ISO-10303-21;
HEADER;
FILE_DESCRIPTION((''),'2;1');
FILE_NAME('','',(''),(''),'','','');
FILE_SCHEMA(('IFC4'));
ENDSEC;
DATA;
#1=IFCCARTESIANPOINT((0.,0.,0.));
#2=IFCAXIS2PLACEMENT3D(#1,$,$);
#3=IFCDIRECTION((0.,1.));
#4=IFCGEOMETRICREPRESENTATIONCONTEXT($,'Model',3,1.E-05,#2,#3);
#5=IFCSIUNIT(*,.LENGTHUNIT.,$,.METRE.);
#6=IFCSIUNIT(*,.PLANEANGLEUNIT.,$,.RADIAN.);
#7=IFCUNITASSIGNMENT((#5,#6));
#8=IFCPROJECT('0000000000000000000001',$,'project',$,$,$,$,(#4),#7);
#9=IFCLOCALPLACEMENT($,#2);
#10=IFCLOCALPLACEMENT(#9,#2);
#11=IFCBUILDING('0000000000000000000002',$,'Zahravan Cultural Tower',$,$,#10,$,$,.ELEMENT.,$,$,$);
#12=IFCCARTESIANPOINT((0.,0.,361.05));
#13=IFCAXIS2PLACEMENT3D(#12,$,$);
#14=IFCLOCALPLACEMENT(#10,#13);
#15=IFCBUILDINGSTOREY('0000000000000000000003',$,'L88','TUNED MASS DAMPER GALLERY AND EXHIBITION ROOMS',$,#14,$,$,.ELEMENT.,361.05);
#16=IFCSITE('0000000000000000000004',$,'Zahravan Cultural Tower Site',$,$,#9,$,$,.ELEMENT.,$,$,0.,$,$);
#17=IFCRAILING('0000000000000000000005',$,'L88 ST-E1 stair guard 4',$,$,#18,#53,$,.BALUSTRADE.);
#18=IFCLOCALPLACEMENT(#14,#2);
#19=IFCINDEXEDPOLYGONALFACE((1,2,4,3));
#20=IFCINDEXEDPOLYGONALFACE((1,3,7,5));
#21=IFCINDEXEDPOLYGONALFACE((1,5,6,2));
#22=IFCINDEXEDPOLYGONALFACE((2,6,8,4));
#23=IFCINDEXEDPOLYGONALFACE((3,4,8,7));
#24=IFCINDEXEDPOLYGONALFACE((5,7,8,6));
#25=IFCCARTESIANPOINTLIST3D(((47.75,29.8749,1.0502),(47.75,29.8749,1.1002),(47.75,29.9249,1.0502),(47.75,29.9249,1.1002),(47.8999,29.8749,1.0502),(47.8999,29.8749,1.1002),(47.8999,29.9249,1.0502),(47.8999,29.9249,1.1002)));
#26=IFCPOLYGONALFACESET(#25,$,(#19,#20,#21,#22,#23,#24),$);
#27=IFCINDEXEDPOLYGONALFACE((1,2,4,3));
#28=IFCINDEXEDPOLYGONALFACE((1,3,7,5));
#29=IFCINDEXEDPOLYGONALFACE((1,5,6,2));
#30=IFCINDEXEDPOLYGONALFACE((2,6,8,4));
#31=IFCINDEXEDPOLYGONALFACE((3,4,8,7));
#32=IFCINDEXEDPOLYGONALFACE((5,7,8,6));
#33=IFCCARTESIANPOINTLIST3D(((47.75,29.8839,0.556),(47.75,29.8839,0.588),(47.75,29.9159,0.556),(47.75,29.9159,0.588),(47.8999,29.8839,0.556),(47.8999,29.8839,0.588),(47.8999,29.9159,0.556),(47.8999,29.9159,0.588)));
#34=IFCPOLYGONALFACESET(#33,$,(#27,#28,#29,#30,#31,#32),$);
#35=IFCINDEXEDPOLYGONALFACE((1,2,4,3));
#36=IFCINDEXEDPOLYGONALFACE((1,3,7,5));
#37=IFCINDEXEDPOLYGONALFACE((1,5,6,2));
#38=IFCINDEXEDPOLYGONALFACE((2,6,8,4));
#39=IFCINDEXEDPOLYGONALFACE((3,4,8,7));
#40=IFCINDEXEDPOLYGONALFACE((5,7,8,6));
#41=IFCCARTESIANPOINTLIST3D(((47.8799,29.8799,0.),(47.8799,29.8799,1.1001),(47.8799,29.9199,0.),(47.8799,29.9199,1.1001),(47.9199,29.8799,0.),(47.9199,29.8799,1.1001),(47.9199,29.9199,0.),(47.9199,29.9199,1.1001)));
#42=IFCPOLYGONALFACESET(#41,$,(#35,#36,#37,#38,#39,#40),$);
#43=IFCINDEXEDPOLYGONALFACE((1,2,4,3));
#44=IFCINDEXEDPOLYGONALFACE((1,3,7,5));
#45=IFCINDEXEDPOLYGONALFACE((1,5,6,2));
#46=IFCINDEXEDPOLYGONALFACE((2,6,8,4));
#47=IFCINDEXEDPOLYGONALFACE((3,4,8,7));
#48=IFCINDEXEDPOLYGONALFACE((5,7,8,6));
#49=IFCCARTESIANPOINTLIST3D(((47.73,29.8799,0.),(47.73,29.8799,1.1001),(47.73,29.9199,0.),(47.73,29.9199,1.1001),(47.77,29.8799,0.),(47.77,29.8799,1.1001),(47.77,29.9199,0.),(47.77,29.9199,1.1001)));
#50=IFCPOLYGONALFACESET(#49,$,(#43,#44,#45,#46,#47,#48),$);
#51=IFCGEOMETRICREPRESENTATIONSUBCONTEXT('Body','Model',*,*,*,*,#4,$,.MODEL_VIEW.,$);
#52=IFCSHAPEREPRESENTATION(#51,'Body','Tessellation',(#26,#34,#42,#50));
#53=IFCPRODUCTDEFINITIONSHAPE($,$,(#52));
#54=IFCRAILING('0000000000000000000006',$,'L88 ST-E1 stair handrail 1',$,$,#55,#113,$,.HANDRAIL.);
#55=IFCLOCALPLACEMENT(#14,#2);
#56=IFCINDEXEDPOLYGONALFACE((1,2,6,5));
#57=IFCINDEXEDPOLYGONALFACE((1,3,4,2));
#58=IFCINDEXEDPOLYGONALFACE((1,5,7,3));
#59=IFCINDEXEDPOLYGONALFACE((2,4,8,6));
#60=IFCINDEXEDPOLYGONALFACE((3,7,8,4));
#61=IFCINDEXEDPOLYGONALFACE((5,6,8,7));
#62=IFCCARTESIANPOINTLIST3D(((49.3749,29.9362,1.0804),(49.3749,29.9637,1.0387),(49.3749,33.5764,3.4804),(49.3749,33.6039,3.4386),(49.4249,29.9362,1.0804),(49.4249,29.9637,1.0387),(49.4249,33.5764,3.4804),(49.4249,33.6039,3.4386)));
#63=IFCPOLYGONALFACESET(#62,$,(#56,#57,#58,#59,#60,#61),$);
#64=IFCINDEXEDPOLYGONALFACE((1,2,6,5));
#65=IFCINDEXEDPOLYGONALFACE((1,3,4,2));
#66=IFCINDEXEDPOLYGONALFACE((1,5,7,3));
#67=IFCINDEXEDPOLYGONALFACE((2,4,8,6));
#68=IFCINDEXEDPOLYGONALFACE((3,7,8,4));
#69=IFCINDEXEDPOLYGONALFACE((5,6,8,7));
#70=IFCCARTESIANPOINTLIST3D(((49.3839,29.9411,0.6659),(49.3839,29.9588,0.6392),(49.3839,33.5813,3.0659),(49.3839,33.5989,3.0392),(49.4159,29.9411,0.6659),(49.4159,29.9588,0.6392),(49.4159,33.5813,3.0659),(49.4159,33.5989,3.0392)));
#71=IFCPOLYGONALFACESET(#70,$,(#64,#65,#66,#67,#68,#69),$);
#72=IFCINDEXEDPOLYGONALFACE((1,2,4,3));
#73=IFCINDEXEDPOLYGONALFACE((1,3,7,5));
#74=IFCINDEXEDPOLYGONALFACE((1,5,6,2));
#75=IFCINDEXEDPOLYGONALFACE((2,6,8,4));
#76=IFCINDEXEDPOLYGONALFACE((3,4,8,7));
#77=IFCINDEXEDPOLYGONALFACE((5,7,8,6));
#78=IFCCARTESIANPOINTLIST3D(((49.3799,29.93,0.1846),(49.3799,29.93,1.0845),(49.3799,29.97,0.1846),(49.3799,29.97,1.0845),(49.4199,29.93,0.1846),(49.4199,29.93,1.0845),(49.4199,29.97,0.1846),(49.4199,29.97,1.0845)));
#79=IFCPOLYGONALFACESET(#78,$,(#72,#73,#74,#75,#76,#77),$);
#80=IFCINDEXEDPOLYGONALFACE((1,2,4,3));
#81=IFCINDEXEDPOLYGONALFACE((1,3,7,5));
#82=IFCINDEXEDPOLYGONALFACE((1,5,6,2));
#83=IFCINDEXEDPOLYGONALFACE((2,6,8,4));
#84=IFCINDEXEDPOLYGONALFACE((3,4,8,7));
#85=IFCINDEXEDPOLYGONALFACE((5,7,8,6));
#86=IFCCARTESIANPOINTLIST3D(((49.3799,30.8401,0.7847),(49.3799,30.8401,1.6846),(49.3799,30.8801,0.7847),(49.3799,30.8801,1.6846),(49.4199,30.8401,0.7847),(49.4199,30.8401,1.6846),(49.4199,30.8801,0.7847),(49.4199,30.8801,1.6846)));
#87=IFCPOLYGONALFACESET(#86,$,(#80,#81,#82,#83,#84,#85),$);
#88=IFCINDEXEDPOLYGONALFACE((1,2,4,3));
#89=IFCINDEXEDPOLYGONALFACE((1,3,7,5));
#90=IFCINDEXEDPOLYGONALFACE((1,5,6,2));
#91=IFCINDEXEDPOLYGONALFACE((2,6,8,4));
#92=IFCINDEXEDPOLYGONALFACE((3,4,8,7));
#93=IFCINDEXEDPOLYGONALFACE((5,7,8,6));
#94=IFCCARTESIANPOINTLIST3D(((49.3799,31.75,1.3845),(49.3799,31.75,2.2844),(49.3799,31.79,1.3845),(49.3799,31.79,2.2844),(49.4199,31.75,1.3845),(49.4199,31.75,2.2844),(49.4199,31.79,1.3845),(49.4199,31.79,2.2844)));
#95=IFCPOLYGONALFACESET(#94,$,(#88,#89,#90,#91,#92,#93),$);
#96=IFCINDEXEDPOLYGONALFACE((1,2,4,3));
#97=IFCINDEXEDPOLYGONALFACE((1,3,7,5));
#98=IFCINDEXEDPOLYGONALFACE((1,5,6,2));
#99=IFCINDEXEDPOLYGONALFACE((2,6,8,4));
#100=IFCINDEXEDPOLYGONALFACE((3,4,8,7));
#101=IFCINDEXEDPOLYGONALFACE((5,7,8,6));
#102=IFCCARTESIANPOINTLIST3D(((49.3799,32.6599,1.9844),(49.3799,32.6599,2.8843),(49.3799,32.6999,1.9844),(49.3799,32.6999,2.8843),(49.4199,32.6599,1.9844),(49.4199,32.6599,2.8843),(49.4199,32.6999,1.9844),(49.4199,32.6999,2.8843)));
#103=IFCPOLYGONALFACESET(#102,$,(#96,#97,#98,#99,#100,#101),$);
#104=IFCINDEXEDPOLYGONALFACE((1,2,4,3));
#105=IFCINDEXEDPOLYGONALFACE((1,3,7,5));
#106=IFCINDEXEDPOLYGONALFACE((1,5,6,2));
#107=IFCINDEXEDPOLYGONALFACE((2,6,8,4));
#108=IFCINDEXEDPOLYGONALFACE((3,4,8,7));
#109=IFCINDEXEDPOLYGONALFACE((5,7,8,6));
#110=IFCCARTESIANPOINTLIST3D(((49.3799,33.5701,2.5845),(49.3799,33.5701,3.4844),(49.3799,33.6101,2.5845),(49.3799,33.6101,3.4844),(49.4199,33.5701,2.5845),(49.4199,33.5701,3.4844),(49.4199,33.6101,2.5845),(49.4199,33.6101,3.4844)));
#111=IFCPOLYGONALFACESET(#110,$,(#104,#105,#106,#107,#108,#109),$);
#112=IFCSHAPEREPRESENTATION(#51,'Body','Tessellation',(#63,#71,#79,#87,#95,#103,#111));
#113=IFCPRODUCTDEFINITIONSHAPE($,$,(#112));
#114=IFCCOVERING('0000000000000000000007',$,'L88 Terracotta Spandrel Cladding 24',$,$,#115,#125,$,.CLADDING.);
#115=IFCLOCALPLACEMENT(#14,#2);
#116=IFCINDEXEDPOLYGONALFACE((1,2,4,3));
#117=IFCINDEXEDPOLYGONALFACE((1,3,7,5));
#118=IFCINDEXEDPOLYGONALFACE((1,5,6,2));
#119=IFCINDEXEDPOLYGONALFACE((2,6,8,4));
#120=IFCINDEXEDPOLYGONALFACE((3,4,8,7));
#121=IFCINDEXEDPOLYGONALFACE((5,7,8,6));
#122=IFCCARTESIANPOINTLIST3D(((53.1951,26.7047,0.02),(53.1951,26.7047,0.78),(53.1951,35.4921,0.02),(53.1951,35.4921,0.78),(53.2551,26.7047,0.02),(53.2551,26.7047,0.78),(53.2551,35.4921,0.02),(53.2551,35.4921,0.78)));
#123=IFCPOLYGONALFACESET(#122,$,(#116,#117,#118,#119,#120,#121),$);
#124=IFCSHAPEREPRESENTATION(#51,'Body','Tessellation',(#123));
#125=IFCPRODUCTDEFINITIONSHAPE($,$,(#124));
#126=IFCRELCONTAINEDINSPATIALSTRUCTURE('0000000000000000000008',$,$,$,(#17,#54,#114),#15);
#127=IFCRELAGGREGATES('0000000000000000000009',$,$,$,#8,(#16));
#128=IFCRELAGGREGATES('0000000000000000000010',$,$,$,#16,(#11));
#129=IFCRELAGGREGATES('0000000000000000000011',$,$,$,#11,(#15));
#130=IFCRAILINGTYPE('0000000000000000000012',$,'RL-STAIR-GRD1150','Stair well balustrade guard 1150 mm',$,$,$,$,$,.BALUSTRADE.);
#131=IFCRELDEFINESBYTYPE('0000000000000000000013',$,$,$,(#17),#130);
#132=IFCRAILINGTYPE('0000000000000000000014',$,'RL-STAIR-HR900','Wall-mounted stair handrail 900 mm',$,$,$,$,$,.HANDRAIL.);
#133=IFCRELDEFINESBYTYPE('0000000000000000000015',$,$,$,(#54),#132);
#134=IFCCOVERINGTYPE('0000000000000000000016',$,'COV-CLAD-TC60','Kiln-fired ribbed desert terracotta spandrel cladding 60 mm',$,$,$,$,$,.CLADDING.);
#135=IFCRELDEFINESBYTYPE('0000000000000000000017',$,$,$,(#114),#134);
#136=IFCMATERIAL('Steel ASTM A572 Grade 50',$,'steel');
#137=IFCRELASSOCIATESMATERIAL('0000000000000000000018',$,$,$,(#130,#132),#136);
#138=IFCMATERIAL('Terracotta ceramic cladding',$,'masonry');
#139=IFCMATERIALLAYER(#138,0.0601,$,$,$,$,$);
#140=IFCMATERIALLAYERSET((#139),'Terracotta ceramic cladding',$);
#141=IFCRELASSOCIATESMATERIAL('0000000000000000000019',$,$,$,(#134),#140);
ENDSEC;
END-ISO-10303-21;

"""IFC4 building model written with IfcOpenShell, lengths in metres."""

from ifc_helpers import new_model, si_unit, direction, frame, origin, origin_2d, place, context, subcontext, project, spatial, rectangle, extrude, source, transform, mapped, material, layer, layer_set, type_object, element, save


model = new_model("IFC4")

# Units and contexts
model_context = context("Model", 3, precision=1e-05, world=origin(), true_north=direction((0.0, 1.0)))
body_context = subcontext(model_context, "Body", "Model", "MODEL_VIEW")
ifc_project = project(units=[si_unit("LENGTHUNIT", "METRE"), si_unit("PLANEANGLEUNIT", "RADIAN")], contexts=[model_context])

# Site, building, storey
site_placement = place(None, origin())
site = spatial("IfcSite", under=ifc_project, at=site_placement, Name="Zahravan Cultural Tower Site", CompositionType="ELEMENT", RefElevation=0.0)
building_placement = place(site_placement, origin())
building = spatial("IfcBuilding", under=site, at=building_placement, Name="Zahravan Cultural Tower", CompositionType="ELEMENT")
storey_placement = place(building_placement, frame((0.0, 0.0, 361.05)))
storey = spatial("IfcBuildingStorey", under=building, at=storey_placement, Name="L88", Description="TUNED MASS DAMPER GALLERY AND EXHIBITION ROOMS", CompositionType="ELEMENT", Elevation=361.05)

# Shared definitions
ifc_material_1 = material(Name="Steel ASTM A572 Grade 50", Category="steel")

# Railings
railing_type_1 = type_object("IfcRailingType", Name="RL-STAIR-GRD1150", Description="Stair well balustrade guard 1150 mm", PredefinedType="BALUSTRADE", material=ifc_material_1)
railing_1_placement = place(storey_placement, frame((47.8999, 29.8999, 0.0)))
element("IfcRailing", 1, at=railing_1_placement, inside=storey, type_object=railing_type_1, Name="L88 ST-E1 stair guard 4", PredefinedType="BALUSTRADE", context=body_context, shape_type="SweptSolid", body=[
    extrude(rectangle(XDim=0.05, YDim=0.05, at=origin_2d()), frame((0.0, 0.0, 1.0752), z_axis=(-1.0, 0.0, 0.0), x_axis=(0.0, -1.0, 0.0)), (0.0, 0.0, 1.0), 0.1499),
    extrude(rectangle(XDim=0.032, YDim=0.032, at=origin_2d()), frame((0.0, 0.0, 0.572), z_axis=(-1.0, 0.0, 0.0), x_axis=(0.0, -1.0, 0.0)), (0.0, 0.0, 1.0), 0.1499),
    extrude(rectangle(XDim=0.04, YDim=0.04, at=origin_2d()), origin(), (0.0, 0.0, 1.0), 1.1001),
    extrude(rectangle(XDim=0.04, YDim=0.04, at=origin_2d()), frame((-0.1499, 0.0, 0.0)), (0.0, 0.0, 1.0), 1.1001),
])
railing_type_2 = type_object("IfcRailingType", Name="RL-STAIR-HR900", Description="Wall-mounted stair handrail 900 mm", PredefinedType="HANDRAIL", material=ifc_material_1)
railing_2_placement = place(storey_placement, frame((49.3999, 29.95, 0.1846)))
element("IfcRailing", 2, at=railing_2_placement, inside=storey, type_object=railing_type_2, Name="L88 ST-E1 stair handrail 1", PredefinedType="HANDRAIL", context=body_context, shape_type="SweptSolid", body=[
    extrude(rectangle(XDim=0.05, YDim=0.05, at=origin_2d()), frame((0.0, 0.0, 0.875), z_axis=(0.0, 0.834882, 0.550429), x_axis=(-1.0, 0.0, 0.0)), (0.0, 0.0, 1.0), 4.3601),
    extrude(rectangle(XDim=0.032, YDim=0.032, at=origin_2d()), frame((0.0, 0.0, 0.468), z_axis=(0.0, 0.834882, 0.550429), x_axis=(-1.0, 0.0, 0.0)), (0.0, 0.0, 1.0), 4.3601),
    extrude(rectangle(XDim=0.04, YDim=0.04, at=origin_2d()), origin(), (0.0, 0.0, 1.0), 0.8999),
    extrude(rectangle(XDim=0.04, YDim=0.04, at=origin_2d()), frame((0.0, 0.9102, 0.6001)), (0.0, 0.0, 1.0), 0.8999),
    extrude(rectangle(XDim=0.04, YDim=0.04, at=origin_2d()), frame((0.0, 1.8201, 1.2)), (0.0, 0.0, 1.0), 0.8999),
    extrude(rectangle(XDim=0.04, YDim=0.04, at=origin_2d()), frame((0.0, 2.73, 1.7998)), (0.0, 0.0, 1.0), 0.8999),
    extrude(rectangle(XDim=0.04, YDim=0.04, at=origin_2d()), frame((0.0, 3.6401, 2.3999)), (0.0, 0.0, 1.0), 0.8999),
])

# Covering
ifc_material_2 = material(Name="Terracotta ceramic cladding", Category="masonry")
ifc_layer_1 = layer(ifc_material_2, 0.0601)
ifc_layer_set_1 = layer_set([ifc_layer_1], Name="Terracotta ceramic cladding")
covering_type = type_object("IfcCoveringType", Name="COV-CLAD-TC60", Description="Kiln-fired ribbed desert terracotta spandrel cladding 60 mm", PredefinedType="CLADDING", material=ifc_layer_set_1)
shared_shape_1 = source(origin(), body_context, "Body", "SweptSolid", [
    extrude(rectangle(XDim=8.7874, YDim=0.0601, at=origin_2d()), origin(), (0.0, 0.0, 1.0), 0.76),
])
covering_placement = place(storey_placement, frame((53.2251, 31.0984, 0.02), z_axis=(0.0, 0.0, 1.0), x_axis=(0.0, -1.0, 0.0)))
element("IfcCovering", 3, at=covering_placement, inside=storey, type_object=covering_type, Name="L88 Terracotta Spandrel Cladding 24", PredefinedType="CLADDING", context=body_context, shape_type="MappedRepresentation", body=[
    mapped(shared_shape_1, transform((0.0, 0.0, 0.0), x_axis=(1.0, 0.0, 0.0), y_axis=(0.0, 1.0, 0.0), z_axis=(0.0, 0.0, 1.0), scale=1.0)),
])

save(model, "model.ifc")
